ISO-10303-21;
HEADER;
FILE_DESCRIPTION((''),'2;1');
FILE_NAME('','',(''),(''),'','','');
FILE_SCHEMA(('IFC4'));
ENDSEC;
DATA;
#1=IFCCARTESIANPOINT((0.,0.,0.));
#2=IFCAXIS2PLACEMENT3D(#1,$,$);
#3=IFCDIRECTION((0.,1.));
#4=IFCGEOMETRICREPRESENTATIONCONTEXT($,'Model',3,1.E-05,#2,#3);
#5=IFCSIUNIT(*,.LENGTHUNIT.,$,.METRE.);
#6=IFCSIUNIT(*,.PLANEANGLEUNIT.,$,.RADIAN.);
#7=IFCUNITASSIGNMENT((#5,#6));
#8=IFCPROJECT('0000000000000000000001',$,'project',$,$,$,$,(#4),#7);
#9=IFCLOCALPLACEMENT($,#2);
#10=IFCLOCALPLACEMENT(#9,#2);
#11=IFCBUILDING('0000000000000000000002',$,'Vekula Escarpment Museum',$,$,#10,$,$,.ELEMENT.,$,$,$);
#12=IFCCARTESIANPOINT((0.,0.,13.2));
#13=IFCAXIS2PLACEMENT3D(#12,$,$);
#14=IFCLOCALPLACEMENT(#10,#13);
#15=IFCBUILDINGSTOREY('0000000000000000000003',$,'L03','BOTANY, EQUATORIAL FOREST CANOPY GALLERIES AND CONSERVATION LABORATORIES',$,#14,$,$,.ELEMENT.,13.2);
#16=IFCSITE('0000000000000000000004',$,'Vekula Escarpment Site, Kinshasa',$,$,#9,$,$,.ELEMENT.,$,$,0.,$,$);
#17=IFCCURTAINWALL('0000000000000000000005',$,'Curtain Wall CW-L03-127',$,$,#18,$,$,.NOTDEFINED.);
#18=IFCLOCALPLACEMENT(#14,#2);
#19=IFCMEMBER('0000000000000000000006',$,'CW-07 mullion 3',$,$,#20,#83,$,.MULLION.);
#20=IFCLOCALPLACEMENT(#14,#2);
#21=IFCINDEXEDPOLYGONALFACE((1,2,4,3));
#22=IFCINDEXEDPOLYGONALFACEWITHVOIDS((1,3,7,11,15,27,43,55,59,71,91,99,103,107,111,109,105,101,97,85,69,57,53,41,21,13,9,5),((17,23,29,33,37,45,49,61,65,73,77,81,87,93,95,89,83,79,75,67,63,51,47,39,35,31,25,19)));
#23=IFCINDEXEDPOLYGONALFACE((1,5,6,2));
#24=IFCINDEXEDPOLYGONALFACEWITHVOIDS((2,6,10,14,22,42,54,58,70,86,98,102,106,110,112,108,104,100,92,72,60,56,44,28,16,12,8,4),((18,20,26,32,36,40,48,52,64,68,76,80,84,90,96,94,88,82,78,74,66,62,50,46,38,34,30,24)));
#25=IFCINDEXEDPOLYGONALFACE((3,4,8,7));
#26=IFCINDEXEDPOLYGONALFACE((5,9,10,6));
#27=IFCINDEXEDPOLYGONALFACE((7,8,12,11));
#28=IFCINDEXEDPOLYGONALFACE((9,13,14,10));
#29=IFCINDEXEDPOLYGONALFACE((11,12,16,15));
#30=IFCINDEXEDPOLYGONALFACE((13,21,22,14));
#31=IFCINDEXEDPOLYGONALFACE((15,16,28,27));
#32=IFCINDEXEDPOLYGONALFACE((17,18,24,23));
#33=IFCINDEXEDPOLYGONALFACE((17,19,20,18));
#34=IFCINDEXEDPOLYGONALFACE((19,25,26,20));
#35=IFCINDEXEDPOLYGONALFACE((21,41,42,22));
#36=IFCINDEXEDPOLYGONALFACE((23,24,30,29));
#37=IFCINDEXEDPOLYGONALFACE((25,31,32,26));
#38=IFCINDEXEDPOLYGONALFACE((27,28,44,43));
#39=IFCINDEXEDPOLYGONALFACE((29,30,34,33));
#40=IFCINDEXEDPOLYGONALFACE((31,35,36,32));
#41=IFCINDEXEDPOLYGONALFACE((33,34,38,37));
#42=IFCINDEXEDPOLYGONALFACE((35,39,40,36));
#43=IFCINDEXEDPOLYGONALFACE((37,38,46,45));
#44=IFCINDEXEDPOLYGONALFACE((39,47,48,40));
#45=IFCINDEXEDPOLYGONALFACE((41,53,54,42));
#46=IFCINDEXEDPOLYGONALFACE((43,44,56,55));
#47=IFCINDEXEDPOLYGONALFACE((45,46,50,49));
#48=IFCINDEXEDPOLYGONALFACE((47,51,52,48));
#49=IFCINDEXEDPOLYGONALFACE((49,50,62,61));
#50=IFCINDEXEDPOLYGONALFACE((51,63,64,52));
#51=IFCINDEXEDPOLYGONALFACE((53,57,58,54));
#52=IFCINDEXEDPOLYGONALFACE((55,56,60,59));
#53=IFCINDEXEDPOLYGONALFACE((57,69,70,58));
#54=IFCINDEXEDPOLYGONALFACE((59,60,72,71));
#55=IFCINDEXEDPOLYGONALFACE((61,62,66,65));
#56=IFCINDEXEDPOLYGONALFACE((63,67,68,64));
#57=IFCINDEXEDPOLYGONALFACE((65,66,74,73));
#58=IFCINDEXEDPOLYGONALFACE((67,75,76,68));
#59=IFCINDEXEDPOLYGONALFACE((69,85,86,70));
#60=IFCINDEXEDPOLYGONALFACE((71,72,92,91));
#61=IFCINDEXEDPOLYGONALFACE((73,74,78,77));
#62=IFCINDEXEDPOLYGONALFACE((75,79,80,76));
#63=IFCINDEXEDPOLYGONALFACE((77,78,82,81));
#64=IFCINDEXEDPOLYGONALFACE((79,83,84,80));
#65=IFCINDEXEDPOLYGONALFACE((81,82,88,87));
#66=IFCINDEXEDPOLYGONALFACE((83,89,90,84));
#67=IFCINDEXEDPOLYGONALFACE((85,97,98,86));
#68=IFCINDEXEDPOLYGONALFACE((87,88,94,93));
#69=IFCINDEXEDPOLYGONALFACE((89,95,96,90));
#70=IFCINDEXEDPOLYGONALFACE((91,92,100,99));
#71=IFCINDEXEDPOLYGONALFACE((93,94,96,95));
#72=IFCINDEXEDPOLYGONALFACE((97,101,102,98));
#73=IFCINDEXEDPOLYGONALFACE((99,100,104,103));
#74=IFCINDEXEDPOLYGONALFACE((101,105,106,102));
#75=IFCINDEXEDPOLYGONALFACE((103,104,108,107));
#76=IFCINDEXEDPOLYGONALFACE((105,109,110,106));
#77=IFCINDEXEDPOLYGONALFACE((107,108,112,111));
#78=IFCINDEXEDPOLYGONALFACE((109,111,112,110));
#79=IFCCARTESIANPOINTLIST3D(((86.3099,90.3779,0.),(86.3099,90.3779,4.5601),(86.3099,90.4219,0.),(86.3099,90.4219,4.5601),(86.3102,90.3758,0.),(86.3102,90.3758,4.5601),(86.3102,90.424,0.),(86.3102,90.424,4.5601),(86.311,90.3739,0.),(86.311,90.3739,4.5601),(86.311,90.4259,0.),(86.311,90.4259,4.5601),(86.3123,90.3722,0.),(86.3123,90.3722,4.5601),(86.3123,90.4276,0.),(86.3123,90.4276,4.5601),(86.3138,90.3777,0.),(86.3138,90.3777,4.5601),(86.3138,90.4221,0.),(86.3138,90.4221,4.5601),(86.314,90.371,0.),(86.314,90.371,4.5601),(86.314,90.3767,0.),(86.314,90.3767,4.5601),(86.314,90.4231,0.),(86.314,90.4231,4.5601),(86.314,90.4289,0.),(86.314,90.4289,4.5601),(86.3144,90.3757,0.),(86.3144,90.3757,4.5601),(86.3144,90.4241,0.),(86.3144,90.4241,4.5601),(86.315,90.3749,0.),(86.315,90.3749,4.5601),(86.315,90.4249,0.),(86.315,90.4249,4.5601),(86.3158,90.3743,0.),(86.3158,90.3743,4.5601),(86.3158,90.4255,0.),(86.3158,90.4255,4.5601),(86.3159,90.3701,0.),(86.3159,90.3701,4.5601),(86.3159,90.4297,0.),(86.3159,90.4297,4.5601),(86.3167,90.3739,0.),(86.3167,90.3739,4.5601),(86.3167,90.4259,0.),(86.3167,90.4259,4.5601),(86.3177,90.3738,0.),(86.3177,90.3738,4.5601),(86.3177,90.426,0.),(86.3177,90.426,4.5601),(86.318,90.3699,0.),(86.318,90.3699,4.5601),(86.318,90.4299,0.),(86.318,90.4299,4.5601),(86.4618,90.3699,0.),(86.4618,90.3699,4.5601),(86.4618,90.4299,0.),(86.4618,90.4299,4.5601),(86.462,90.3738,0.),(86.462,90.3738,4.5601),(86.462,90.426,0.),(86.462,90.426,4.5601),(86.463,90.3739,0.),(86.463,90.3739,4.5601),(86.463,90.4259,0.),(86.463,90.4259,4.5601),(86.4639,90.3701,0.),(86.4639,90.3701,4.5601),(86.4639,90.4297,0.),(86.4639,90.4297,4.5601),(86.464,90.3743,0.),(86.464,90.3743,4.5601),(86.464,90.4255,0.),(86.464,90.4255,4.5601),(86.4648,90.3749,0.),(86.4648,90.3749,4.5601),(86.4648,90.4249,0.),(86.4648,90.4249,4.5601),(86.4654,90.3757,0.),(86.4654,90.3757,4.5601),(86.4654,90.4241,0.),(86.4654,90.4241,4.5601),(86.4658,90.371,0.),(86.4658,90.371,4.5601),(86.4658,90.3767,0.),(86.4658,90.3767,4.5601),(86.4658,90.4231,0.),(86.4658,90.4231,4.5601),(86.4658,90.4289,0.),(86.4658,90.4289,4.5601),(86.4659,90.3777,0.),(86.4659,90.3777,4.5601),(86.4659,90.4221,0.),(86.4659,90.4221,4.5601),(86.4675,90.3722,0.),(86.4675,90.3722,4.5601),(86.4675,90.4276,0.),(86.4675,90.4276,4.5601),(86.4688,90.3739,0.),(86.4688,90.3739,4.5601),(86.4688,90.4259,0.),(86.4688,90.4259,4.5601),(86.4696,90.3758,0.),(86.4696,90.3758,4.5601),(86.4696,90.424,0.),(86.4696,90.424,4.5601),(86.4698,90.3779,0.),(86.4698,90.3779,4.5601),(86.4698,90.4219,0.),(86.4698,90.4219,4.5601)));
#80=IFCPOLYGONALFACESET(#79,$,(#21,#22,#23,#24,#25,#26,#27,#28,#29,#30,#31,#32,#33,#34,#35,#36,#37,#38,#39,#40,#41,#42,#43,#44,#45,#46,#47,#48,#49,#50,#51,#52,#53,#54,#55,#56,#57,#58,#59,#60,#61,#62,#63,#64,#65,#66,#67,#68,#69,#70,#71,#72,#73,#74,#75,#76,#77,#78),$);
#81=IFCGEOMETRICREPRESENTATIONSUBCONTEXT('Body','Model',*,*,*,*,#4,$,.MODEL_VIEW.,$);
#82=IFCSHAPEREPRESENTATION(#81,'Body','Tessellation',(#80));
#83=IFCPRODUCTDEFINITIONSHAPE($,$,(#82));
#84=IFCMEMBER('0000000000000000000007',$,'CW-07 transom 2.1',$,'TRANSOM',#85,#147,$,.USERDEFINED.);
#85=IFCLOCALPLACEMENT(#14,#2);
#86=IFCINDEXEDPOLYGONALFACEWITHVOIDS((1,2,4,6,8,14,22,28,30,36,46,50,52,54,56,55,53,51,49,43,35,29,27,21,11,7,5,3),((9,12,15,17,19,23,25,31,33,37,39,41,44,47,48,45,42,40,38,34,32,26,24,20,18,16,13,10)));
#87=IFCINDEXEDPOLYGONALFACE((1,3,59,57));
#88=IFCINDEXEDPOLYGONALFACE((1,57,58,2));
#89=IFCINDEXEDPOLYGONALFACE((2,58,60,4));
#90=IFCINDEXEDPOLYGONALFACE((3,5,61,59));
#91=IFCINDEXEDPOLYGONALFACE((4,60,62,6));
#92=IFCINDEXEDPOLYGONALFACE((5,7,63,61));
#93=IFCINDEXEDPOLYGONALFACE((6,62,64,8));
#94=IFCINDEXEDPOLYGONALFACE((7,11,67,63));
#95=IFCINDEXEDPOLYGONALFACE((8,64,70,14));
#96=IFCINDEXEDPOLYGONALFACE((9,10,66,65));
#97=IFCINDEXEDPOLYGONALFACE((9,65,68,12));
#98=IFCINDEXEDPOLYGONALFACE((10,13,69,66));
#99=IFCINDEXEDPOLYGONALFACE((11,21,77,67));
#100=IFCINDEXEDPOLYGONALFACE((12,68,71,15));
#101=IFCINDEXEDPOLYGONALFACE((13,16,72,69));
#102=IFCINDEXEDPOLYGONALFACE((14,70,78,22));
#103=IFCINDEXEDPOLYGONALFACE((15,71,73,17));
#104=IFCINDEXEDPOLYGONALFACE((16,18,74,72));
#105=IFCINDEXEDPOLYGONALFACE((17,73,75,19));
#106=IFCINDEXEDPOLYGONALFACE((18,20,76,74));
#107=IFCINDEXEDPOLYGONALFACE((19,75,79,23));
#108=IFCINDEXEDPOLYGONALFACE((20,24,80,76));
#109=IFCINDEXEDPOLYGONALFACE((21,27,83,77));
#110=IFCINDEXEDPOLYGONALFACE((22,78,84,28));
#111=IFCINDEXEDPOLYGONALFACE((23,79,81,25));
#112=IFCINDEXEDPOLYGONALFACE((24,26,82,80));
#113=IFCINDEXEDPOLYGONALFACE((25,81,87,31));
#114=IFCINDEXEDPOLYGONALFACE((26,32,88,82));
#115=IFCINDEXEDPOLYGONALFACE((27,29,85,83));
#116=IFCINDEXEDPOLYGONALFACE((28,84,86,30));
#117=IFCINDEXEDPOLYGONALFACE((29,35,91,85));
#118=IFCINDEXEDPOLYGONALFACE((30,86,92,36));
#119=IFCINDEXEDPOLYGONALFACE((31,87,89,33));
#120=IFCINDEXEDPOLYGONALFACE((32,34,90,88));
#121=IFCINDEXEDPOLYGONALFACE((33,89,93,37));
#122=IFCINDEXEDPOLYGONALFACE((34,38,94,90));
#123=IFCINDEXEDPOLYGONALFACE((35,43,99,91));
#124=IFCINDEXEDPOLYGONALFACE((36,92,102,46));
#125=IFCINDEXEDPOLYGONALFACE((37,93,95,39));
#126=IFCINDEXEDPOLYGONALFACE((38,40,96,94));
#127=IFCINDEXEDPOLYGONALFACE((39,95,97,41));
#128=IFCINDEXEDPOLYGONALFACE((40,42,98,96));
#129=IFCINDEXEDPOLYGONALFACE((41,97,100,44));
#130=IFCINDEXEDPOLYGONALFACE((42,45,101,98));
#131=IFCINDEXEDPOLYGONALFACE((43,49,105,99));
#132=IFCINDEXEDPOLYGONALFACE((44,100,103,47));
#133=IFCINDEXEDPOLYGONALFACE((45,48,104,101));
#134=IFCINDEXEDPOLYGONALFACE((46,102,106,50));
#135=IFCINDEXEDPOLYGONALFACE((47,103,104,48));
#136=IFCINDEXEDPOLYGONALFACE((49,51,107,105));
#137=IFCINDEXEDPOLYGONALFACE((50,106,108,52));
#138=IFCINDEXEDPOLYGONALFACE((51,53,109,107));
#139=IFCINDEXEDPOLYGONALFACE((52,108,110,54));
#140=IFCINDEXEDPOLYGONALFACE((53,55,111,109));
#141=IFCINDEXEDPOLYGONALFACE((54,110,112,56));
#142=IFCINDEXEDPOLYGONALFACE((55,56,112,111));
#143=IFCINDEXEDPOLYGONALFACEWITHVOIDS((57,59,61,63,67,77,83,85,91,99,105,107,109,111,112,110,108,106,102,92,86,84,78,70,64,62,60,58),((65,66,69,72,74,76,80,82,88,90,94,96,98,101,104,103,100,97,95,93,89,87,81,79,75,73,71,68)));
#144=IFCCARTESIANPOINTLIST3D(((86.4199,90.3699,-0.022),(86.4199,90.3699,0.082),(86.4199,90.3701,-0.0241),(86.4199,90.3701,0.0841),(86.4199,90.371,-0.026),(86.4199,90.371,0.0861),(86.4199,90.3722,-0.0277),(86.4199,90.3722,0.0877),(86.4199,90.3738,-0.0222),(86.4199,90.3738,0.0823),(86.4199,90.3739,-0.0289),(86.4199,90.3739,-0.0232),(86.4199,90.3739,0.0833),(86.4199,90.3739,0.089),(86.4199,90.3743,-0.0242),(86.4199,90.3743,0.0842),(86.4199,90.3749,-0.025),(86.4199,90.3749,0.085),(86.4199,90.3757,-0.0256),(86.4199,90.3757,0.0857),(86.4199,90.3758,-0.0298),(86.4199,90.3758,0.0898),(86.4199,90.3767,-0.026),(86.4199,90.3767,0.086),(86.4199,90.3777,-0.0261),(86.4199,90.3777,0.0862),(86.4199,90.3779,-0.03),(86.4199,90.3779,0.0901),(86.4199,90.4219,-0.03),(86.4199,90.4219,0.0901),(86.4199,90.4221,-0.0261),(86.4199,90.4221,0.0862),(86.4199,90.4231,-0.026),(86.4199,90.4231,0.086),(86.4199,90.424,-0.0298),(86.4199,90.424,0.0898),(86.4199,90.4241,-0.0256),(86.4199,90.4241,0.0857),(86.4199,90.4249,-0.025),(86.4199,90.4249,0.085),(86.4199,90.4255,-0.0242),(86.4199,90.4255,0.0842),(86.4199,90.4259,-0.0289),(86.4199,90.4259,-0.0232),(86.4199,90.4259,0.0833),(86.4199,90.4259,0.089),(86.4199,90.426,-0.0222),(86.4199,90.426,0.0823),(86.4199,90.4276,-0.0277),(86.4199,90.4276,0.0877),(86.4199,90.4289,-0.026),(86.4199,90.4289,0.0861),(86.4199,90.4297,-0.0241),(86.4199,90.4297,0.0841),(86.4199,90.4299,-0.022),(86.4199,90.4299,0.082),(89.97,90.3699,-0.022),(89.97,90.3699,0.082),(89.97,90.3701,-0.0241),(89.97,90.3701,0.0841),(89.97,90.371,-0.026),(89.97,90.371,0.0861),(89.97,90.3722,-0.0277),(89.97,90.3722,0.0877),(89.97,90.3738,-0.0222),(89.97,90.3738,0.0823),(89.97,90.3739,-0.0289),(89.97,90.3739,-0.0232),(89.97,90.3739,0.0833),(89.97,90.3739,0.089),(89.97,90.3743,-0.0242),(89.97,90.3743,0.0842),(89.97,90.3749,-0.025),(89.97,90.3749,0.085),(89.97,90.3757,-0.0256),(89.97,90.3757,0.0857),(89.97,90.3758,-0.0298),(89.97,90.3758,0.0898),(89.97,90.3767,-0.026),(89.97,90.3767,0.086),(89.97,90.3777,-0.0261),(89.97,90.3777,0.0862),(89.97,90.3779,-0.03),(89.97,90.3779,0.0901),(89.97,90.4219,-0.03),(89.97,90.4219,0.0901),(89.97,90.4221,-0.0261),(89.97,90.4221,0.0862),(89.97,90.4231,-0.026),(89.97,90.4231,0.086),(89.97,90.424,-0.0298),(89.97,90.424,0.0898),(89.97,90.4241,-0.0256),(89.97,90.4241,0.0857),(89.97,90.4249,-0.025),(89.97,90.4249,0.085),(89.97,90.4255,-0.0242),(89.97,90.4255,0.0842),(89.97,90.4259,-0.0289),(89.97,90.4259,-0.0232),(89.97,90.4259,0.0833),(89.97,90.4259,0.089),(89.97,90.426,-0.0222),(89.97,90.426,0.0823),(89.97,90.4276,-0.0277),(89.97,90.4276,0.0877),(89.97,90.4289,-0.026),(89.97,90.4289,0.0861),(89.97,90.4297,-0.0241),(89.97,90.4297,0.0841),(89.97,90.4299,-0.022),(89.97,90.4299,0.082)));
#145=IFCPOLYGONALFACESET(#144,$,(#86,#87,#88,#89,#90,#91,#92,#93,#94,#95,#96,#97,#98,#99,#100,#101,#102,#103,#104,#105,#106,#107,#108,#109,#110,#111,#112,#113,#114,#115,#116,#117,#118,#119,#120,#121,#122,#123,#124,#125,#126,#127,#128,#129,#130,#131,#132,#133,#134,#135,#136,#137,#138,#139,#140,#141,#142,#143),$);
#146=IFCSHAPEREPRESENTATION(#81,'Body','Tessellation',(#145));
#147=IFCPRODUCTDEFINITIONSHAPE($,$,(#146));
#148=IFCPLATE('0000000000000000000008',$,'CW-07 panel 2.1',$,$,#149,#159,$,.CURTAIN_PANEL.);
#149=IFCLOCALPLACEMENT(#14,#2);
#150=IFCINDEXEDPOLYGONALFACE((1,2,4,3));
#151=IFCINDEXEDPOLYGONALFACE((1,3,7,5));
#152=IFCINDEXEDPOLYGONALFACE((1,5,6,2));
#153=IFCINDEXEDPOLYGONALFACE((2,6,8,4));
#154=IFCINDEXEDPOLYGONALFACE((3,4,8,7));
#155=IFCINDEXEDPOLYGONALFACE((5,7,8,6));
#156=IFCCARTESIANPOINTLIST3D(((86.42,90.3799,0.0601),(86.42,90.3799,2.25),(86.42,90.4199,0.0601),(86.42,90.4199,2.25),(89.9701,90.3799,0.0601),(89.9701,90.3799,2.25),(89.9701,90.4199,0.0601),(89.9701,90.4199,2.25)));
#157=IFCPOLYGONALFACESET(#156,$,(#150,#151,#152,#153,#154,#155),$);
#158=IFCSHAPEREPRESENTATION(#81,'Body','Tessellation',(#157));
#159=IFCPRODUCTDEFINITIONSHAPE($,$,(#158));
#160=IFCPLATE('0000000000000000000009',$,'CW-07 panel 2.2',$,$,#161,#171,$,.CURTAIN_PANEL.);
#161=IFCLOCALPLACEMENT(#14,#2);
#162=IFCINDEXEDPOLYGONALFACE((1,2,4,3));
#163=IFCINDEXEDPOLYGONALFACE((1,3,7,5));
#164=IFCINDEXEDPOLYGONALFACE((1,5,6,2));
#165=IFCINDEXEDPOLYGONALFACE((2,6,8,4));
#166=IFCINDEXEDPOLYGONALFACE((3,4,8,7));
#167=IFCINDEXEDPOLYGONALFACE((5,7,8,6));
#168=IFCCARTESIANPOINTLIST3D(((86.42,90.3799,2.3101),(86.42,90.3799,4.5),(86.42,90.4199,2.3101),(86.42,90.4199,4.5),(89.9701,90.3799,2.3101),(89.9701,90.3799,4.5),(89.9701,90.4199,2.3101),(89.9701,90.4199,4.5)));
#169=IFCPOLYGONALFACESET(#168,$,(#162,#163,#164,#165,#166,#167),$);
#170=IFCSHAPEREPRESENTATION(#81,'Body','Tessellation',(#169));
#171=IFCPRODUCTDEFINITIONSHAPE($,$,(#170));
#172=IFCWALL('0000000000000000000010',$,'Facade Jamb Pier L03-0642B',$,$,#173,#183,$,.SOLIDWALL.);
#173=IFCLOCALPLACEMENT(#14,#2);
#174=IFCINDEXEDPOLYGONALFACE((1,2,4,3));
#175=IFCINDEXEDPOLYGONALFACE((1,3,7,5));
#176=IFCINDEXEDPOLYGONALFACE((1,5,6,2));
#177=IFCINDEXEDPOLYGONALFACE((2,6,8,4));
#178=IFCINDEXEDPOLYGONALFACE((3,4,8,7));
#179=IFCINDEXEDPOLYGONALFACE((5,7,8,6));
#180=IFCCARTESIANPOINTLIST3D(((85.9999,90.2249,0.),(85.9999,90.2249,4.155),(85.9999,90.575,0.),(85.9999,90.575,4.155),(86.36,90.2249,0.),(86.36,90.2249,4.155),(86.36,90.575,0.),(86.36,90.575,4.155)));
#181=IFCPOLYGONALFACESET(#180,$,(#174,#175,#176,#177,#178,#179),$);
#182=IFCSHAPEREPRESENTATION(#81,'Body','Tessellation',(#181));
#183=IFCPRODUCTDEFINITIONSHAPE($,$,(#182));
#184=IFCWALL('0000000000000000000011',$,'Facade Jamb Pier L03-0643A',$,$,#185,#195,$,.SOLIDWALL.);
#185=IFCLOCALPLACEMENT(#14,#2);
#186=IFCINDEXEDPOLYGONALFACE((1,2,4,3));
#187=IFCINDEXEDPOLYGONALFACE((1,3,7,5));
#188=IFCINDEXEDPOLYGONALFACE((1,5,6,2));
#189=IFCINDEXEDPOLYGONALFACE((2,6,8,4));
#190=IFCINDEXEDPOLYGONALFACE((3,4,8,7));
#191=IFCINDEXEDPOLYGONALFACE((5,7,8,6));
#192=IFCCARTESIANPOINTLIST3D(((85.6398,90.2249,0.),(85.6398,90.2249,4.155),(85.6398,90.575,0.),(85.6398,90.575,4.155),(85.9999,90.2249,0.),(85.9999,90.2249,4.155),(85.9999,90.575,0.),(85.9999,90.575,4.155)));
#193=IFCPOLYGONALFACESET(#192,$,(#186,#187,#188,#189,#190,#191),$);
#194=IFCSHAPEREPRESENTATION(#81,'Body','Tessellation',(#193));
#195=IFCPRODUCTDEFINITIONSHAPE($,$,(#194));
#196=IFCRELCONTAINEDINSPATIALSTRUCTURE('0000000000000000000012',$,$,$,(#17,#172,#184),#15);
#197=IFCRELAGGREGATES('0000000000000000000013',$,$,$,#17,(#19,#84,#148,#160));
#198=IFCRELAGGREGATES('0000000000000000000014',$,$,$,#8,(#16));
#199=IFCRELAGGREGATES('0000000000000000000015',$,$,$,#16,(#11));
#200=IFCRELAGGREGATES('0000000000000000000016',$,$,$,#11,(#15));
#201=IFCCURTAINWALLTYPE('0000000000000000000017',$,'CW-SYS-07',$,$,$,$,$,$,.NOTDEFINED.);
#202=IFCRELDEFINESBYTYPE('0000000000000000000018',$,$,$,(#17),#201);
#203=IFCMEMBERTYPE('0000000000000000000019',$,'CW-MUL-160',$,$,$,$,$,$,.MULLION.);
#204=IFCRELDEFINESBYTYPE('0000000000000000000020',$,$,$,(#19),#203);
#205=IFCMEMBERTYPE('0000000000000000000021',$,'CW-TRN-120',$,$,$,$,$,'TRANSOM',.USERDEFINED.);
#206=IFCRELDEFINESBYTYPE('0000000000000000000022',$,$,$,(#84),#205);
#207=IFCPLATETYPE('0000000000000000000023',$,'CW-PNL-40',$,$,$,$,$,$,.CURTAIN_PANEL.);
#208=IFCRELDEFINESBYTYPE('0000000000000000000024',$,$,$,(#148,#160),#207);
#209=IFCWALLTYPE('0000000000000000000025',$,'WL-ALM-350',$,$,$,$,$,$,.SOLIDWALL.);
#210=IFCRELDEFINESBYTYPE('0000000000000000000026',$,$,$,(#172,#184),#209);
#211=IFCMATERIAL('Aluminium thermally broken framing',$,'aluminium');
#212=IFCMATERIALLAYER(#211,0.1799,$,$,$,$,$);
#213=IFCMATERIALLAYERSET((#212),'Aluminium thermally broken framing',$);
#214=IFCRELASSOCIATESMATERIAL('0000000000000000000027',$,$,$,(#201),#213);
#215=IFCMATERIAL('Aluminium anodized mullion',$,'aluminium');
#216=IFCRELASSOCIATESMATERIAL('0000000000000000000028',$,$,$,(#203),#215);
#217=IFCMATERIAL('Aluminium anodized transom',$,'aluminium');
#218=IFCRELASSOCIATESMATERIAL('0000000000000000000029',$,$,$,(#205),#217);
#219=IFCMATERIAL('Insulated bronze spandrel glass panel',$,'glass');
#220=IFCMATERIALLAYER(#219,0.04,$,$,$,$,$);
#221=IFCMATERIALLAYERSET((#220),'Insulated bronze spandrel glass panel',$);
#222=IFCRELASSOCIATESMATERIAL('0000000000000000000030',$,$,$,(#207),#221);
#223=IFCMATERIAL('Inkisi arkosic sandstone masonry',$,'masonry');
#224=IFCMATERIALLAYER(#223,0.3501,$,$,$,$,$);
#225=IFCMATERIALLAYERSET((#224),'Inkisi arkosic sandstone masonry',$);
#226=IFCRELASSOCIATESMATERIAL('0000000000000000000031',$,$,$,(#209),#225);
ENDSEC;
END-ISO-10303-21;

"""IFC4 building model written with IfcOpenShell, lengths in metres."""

from ifc_helpers import new_model, si_unit, direction, frame, frame_2d, origin, origin_2d, place, context, subcontext, project, spatial, rectangle, hollow_rectangle, extrude, material, layer, layer_set, material_profile, profile_set, type_object, element, aggregate, save


model = new_model("IFC4")

# Units and contexts
model_context = context("Model", 3, precision=1e-05, world=origin(), true_north=direction((0.0, 1.0)))
body_context = subcontext(model_context, "Body", "Model", "MODEL_VIEW")
ifc_project = project(units=[si_unit("LENGTHUNIT", "METRE"), si_unit("PLANEANGLEUNIT", "RADIAN")], contexts=[model_context])

# Site, building, storey
site_placement = place(None, origin())
site = spatial("IfcSite", under=ifc_project, at=site_placement, Name="Vekula Escarpment Site, Kinshasa", CompositionType="ELEMENT", RefElevation=0.0)
building_placement = place(site_placement, origin())
building = spatial("IfcBuilding", under=site, at=building_placement, Name="Vekula Escarpment Museum", CompositionType="ELEMENT")
storey_placement = place(building_placement, frame((0.0, 0.0, 13.2)))
storey = spatial("IfcBuildingStorey", under=building, at=storey_placement, Name="L03", Description="BOTANY, EQUATORIAL FOREST CANOPY GALLERIES AND CONSERVATION LABORATORIES", CompositionType="ELEMENT", Elevation=13.2)

# Curtain wall, members, plates
ifc_material_1 = material(Name="Aluminium thermally broken framing", Category="aluminium")
ifc_layer_1 = layer(ifc_material_1, 0.1799)
ifc_layer_set_1 = layer_set([ifc_layer_1], Name="Aluminium thermally broken framing")
curtain_wall_type = type_object("IfcCurtainWallType", Name="CW-SYS-07", PredefinedType="NOTDEFINED", material=ifc_layer_set_1)
curtain_wall_placement = place(storey_placement, origin())
curtain_wall = element("IfcCurtainWall", 1, at=curtain_wall_placement, inside=storey, type_object=curtain_wall_type, Name="Curtain Wall CW-L03-127", PredefinedType="NOTDEFINED")
ifc_material_2 = material(Name="Aluminium anodized mullion", Category="aluminium")
ifc_material_profile_1 = material_profile(ifc_material_2, hollow_rectangle(XDim=0.0601, YDim=0.1599, WallThickness=0.0039, InnerFilletRadius=0.0039, OuterFilletRadius=0.0081, at=origin_2d()), Name="ALU 160x60x4")
ifc_profile_set_1 = profile_set([ifc_material_profile_1], Name="Aluminium anodized mullion")
member_type_1 = type_object("IfcMemberType", Name="CW-MUL-160", PredefinedType="MULLION", material=ifc_profile_set_1)
member_1_placement = place(storey_placement, frame((86.3899, 90.3999, 0.0), z_axis=(0.0, 0.0, 1.0), x_axis=(0.0, -1.0, 0.0)))
member_1 = element("IfcMember", 2, at=member_1_placement, type_object=member_type_1, Name="CW-07 mullion 3", PredefinedType="MULLION", context=body_context, shape_type="SweptSolid", body=[
    extrude(hollow_rectangle(XDim=0.0601, YDim=0.1599, WallThickness=0.0039, InnerFilletRadius=0.0039, OuterFilletRadius=0.0081, at=origin_2d()), origin(), (0.0, 0.0, 1.0), 4.5601),
])
ifc_material_3 = material(Name="Aluminium anodized transom", Category="aluminium")
ifc_material_profile_2 = material_profile(ifc_material_3, hollow_rectangle(XDim=0.0601, YDim=0.1201, WallThickness=0.0039, InnerFilletRadius=0.0039, OuterFilletRadius=0.0081, at=origin_2d()), Name="ALU 120x60x4")
ifc_profile_set_2 = profile_set([ifc_material_profile_2], Name="Aluminium anodized transom")
member_type_2 = type_object("IfcMemberType", Name="CW-TRN-120", ElementType="TRANSOM", PredefinedType="USERDEFINED", material=ifc_profile_set_2)
member_2_placement = place(storey_placement, frame((89.97, 90.3999, 0.03), z_axis=(-1.0, 0.0, 0.0), x_axis=(0.0, -1.0, 0.0)))
member_2 = element("IfcMember", 3, at=member_2_placement, type_object=member_type_2, Name="CW-07 transom 2.1", ObjectType="TRANSOM", PredefinedType="USERDEFINED", context=body_context, shape_type="SweptSolid", body=[
    extrude(hollow_rectangle(XDim=0.0601, YDim=0.1201, WallThickness=0.0039, InnerFilletRadius=0.0039, OuterFilletRadius=0.0081, at=origin_2d()), origin(), (0.0, 0.0, 1.0), 3.55),
])
ifc_material_4 = material(Name="Insulated bronze spandrel glass panel", Category="glass")
ifc_layer_2 = layer(ifc_material_4, 0.04)
ifc_layer_set_2 = layer_set([ifc_layer_2], Name="Insulated bronze spandrel glass panel")
plate_type = type_object("IfcPlateType", Name="CW-PNL-40", PredefinedType="CURTAIN_PANEL", material=ifc_layer_set_2)
plate_1_placement = place(storey_placement, frame((88.1951, 90.3999, 0.0601), z_axis=(0.0, 0.0, 1.0), x_axis=(-1.0, 0.0, 0.0)))
plate_1 = element("IfcPlate", 4, at=plate_1_placement, type_object=plate_type, Name="CW-07 panel 2.1", PredefinedType="CURTAIN_PANEL", context=body_context, shape_type="SweptSolid", body=[
    extrude(rectangle(XDim=3.55, YDim=0.04, at=origin_2d()), origin(), (0.0, 0.0, 1.0), 2.1899),
])
plate_2_placement = place(storey_placement, frame((88.1951, 90.3999, 2.3101), z_axis=(0.0, 0.0, 1.0), x_axis=(-1.0, 0.0, 0.0)))
plate_2 = element("IfcPlate", 5, at=plate_2_placement, type_object=plate_type, Name="CW-07 panel 2.2", PredefinedType="CURTAIN_PANEL", context=body_context, shape_type="SweptSolid", body=[
    extrude(rectangle(XDim=3.55, YDim=0.04, at=origin_2d()), origin(), (0.0, 0.0, 1.0), 2.1899),
])
aggregate(curtain_wall, [member_1, member_2, plate_1, plate_2])

# Walls
ifc_material_5 = material(Name="Inkisi arkosic sandstone masonry", Category="masonry")
ifc_layer_3 = layer(ifc_material_5, 0.3501)
ifc_layer_set_3 = layer_set([ifc_layer_3], Name="Inkisi arkosic sandstone masonry")
wall_type_1 = type_object("IfcWallType", Name="WL-ALM-350", PredefinedType="SOLIDWALL", material=ifc_layer_set_3)
for number, where, z_axis, x_axis, name in (
    (6, (86.3601, 90.3999, 0.0), (0.0, 0.0, 1.0), (-1.0, 0.0, 0.0), "Facade Jamb Pier L03-0642B"),
    (7, (86.0, 90.3999, 0.0), (0.0, 0.0, 1.0), (-1.0, 0.0, 0.0), "Facade Jamb Pier L03-0643A"),
):
    element("IfcWall", number, at=place(storey_placement, frame(where, z_axis=z_axis, x_axis=x_axis)), inside=storey, type_object=wall_type_1, Name=name, PredefinedType="SOLIDWALL", context=body_context, shape_type="SweptSolid", body=[
        extrude(rectangle(XDim=0.3601, YDim=0.3501, at=frame_2d((0.1802, 0.0))), origin(), (0.0, 0.0, 1.0), 4.155),
    ])

save(model, "model.ifc")
